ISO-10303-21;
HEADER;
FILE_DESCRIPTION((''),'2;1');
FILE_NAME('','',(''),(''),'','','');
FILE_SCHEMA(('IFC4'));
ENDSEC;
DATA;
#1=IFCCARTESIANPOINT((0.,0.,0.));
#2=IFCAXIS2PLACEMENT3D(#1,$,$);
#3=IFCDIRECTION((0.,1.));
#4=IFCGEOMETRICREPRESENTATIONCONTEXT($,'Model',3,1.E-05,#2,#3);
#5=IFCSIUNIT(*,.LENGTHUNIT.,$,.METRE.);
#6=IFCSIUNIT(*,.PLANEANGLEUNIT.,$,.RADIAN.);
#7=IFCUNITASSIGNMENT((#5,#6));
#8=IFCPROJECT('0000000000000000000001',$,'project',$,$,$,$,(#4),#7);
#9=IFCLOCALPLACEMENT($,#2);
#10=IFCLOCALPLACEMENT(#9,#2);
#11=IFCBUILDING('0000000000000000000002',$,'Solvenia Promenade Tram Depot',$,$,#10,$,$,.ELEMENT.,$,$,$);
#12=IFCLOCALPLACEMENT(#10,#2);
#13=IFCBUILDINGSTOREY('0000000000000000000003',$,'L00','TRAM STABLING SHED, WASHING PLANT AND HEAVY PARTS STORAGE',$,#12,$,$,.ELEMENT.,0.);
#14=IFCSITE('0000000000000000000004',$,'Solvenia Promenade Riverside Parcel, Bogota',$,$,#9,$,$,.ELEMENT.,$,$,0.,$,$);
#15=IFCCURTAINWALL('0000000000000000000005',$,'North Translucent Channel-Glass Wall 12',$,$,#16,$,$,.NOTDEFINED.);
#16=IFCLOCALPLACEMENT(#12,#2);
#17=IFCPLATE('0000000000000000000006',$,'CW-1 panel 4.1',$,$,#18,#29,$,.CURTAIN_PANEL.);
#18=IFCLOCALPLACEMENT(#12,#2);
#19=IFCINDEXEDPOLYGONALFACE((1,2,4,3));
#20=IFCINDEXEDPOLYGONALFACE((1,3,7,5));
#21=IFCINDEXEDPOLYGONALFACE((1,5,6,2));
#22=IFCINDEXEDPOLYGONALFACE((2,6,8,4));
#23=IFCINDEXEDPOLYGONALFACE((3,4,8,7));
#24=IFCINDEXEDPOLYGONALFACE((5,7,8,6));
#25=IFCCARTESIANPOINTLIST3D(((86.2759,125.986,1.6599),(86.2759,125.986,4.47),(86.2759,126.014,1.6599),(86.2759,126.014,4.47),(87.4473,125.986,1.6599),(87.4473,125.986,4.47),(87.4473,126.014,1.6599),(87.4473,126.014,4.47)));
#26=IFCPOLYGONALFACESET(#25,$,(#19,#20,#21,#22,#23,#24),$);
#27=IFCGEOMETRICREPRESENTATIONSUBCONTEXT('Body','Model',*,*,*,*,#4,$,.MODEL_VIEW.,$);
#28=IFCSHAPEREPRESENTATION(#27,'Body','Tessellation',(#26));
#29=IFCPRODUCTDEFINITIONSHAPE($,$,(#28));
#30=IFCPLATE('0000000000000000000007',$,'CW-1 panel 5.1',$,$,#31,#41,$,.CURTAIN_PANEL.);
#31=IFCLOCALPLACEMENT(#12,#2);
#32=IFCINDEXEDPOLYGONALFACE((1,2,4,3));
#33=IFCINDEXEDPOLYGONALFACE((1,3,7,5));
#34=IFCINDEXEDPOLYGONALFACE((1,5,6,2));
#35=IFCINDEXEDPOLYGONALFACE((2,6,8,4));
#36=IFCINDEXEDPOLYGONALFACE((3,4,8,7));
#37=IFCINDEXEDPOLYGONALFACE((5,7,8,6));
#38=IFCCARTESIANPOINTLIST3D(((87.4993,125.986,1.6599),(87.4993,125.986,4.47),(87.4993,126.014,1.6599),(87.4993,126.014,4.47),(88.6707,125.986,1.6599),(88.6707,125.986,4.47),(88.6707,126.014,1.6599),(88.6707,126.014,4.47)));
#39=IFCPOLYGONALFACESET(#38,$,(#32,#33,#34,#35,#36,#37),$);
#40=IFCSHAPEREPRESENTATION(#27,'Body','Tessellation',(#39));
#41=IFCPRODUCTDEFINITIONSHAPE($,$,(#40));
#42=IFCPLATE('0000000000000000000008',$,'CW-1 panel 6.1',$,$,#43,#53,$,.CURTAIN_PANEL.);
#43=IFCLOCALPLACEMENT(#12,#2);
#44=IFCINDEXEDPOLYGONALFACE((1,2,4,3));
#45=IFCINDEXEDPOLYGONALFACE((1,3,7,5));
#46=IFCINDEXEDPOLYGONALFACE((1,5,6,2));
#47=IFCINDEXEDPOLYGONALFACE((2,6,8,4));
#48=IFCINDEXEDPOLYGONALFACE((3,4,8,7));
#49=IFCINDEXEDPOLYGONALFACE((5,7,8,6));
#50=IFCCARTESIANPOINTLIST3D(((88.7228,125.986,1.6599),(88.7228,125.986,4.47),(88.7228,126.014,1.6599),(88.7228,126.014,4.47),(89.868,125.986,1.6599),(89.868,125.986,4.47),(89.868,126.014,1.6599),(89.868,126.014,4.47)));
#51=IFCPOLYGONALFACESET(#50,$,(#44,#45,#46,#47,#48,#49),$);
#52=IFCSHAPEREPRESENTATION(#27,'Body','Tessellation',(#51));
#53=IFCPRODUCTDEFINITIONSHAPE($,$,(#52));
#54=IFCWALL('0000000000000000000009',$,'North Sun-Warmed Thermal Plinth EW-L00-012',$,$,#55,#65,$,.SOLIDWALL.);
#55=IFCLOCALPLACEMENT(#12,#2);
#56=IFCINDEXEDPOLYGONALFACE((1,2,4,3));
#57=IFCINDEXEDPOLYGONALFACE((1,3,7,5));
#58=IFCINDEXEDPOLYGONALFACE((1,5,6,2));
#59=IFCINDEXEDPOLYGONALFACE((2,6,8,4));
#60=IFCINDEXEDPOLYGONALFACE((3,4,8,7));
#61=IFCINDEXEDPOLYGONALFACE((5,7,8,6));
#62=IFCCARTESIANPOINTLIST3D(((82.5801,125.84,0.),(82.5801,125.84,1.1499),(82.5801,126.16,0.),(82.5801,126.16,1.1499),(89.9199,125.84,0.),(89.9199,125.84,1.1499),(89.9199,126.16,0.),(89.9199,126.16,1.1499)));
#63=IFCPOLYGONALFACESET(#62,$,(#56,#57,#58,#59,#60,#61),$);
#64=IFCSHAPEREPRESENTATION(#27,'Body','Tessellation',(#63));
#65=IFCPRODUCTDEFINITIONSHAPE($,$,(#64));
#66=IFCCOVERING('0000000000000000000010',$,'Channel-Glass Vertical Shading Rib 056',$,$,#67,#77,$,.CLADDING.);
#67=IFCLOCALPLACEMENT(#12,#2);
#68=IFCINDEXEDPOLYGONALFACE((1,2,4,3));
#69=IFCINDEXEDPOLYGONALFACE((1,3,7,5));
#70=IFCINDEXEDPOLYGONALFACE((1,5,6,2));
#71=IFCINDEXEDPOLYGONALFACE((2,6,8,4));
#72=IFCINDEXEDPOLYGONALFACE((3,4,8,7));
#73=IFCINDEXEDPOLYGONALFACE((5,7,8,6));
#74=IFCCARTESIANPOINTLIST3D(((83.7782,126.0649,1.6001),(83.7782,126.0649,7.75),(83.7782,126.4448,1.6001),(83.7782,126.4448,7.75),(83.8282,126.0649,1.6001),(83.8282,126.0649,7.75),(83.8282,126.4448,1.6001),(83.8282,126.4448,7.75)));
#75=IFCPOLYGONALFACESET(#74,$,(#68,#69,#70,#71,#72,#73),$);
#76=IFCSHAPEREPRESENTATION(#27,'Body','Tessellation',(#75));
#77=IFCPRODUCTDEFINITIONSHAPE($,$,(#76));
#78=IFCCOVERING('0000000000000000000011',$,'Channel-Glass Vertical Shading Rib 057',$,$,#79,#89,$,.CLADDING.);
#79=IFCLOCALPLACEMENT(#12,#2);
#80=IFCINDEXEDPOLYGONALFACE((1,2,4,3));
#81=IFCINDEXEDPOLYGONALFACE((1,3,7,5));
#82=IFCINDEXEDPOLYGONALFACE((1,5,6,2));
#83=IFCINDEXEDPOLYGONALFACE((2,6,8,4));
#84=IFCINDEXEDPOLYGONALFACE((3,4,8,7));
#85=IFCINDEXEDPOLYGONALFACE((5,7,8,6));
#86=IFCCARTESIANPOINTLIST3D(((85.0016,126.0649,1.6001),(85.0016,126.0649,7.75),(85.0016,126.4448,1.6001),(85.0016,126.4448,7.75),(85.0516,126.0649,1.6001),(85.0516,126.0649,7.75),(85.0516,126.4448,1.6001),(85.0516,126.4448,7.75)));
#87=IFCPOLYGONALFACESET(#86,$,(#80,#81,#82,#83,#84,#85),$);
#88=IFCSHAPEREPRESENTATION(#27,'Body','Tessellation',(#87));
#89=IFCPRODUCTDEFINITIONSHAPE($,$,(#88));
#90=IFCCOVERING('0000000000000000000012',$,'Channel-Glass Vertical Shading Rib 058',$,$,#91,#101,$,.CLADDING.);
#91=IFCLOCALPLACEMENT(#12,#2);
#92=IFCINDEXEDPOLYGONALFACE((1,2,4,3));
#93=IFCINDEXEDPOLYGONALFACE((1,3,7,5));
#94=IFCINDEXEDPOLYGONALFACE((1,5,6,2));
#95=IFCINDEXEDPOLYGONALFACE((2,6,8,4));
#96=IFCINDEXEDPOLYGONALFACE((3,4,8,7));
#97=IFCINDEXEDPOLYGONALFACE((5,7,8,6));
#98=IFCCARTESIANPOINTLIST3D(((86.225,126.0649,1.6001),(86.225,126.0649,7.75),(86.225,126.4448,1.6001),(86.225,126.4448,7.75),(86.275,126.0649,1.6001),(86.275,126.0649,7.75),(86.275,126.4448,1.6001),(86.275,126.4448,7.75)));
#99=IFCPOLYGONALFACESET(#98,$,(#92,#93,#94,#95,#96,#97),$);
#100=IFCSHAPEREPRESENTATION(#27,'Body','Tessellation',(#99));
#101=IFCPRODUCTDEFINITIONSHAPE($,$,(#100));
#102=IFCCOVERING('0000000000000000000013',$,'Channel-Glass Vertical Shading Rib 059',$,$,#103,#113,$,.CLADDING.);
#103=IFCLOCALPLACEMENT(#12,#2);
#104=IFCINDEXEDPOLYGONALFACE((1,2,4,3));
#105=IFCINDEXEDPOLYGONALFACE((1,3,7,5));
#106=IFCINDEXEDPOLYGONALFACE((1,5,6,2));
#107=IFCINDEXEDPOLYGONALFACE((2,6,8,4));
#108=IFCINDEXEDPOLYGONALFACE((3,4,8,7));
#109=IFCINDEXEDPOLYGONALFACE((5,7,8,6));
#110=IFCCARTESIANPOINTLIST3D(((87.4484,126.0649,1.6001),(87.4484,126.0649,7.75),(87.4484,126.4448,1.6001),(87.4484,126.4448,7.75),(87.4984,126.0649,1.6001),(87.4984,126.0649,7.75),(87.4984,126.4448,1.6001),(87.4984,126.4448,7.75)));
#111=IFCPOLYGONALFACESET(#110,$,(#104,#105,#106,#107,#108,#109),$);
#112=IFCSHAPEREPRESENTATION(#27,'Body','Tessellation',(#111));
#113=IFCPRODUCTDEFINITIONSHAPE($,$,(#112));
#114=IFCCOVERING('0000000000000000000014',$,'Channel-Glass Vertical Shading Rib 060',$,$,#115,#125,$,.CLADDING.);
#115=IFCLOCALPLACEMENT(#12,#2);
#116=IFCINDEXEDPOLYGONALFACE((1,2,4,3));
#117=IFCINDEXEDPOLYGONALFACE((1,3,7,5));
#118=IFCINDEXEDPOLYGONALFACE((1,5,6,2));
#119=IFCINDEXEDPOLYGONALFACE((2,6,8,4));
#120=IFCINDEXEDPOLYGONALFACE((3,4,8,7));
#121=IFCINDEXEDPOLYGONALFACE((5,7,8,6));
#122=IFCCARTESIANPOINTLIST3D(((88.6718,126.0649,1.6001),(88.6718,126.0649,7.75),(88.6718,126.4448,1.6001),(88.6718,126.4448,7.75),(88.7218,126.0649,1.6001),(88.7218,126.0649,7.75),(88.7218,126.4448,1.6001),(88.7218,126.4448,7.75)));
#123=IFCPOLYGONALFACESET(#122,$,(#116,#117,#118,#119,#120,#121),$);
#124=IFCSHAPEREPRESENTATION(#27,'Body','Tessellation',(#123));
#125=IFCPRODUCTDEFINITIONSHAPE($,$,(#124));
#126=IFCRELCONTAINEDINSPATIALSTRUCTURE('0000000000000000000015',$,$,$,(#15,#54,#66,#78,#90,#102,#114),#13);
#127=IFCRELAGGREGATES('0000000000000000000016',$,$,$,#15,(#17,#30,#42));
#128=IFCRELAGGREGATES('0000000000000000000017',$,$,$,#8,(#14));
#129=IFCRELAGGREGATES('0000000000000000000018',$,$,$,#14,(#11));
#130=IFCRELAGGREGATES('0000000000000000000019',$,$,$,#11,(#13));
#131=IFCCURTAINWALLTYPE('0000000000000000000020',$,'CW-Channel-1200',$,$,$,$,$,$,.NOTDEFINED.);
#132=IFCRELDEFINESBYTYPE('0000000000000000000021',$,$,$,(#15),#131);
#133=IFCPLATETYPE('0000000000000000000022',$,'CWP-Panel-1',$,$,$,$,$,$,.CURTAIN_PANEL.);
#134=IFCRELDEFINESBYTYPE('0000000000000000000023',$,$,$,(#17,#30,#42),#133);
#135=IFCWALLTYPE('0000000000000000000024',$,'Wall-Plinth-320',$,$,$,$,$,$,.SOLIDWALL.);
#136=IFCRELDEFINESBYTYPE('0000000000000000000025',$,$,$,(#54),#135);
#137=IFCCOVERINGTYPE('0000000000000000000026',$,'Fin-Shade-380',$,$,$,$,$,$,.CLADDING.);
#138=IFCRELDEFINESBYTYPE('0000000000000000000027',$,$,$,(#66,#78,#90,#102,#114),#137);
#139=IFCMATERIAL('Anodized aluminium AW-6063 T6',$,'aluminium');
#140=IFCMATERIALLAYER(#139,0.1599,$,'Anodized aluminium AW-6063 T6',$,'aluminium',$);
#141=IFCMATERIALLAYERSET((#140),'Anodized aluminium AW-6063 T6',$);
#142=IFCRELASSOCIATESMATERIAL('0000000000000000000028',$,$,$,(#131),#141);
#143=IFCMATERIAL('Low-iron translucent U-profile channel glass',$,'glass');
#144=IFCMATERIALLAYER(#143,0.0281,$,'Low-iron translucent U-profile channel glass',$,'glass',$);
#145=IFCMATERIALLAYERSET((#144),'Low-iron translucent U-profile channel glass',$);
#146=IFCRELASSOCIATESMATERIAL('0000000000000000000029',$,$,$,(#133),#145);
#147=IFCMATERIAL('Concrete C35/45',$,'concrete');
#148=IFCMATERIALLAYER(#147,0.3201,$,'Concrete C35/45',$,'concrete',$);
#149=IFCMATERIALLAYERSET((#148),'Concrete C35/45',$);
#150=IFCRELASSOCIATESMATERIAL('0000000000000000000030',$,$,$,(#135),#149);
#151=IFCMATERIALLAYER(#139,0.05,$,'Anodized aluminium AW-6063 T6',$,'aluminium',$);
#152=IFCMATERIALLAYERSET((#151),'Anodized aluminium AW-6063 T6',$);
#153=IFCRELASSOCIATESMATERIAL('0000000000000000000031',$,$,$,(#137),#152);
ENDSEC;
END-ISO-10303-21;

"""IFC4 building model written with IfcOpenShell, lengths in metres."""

from ifc_helpers import new_model, si_unit, direction, frame, frame_2d, origin, origin_2d, place, context, subcontext, project, spatial, rectangle, extrude, material, layer, layer_set, type_object, element, aggregate, save


model = new_model("IFC4")

# Units and contexts
model_context = context("Model", 3, precision=1e-05, world=origin(), true_north=direction((0.0, 1.0)))
body_context = subcontext(model_context, "Body", "Model", "MODEL_VIEW")
ifc_project = project(units=[si_unit("LENGTHUNIT", "METRE"), si_unit("PLANEANGLEUNIT", "RADIAN")], contexts=[model_context])

# Site, building, storey
site_placement = place(None, origin())
site = spatial("IfcSite", under=ifc_project, at=site_placement, Name="Solvenia Promenade Riverside Parcel, Bogota", CompositionType="ELEMENT", RefElevation=0.0)
building_placement = place(site_placement, origin())
building = spatial("IfcBuilding", under=site, at=building_placement, Name="Solvenia Promenade Tram Depot", CompositionType="ELEMENT")
storey_placement = place(building_placement, origin())
storey = spatial("IfcBuildingStorey", under=building, at=storey_placement, Name="L00", Description="TRAM STABLING SHED, WASHING PLANT AND HEAVY PARTS STORAGE", CompositionType="ELEMENT", Elevation=0.0)

# Shared definitions
ifc_material_1 = material(Name="Anodized aluminium AW-6063 T6", Category="aluminium")
ifc_layer_1 = layer(ifc_material_1, 0.1599, Name="Anodized aluminium AW-6063 T6", Category="aluminium")
ifc_layer_set_1 = layer_set([ifc_layer_1], Name="Anodized aluminium AW-6063 T6")
curtain_wall_type = type_object("IfcCurtainWallType", Name="CW-Channel-1200", PredefinedType="NOTDEFINED", material=ifc_layer_set_1)

# Curtain wall
curtain_wall_1_placement = place(storey_placement, origin())
curtain_wall_1 = element("IfcCurtainWall", 1, at=curtain_wall_1_placement, inside=storey, type_object=curtain_wall_type, Name="North Translucent Channel-Glass Wall 12", PredefinedType="NOTDEFINED")

# Plates
ifc_material_2 = material(Name="Low-iron translucent U-profile channel glass", Category="glass")
ifc_layer_2 = layer(ifc_material_2, 0.0281, Name="Low-iron translucent U-profile channel glass", Category="glass")
ifc_layer_set_2 = layer_set([ifc_layer_2], Name="Low-iron translucent U-profile channel glass")
plate_type = type_object("IfcPlateType", Name="CWP-Panel-1", PredefinedType="CURTAIN_PANEL", material=ifc_layer_set_2)
plate_1_placement = place(storey_placement, frame((86.8616, 126.0, 1.6599), z_axis=(0.0, 0.0, 1.0), x_axis=(1.0, 0.0, 0.0)))
plate_1 = element("IfcPlate", 2, at=plate_1_placement, type_object=plate_type, Name="CW-1 panel 4.1", PredefinedType="CURTAIN_PANEL", context=body_context, shape_type="SweptSolid", body=[
    extrude(rectangle(XDim=1.1714, YDim=0.0281, at=origin_2d()), origin(), (0.0, 0.0, 1.0), 2.8101),
])
plate_2_placement = place(storey_placement, frame((88.085, 126.0, 1.6599), z_axis=(0.0, 0.0, 1.0), x_axis=(1.0, 0.0, 0.0)))
plate_2 = element("IfcPlate", 3, at=plate_2_placement, type_object=plate_type, Name="CW-1 panel 5.1", PredefinedType="CURTAIN_PANEL", context=body_context, shape_type="SweptSolid", body=[
    extrude(rectangle(XDim=1.1714, YDim=0.0281, at=origin_2d()), origin(), (0.0, 0.0, 1.0), 2.8101),
])
plate_3_placement = place(storey_placement, frame((89.2954, 126.0, 1.6599), z_axis=(0.0, 0.0, 1.0), x_axis=(1.0, 0.0, 0.0)))
plate_3 = element("IfcPlate", 4, at=plate_3_placement, type_object=plate_type, Name="CW-1 panel 6.1", PredefinedType="CURTAIN_PANEL", context=body_context, shape_type="SweptSolid", body=[
    extrude(rectangle(XDim=1.1453, YDim=0.0281, at=origin_2d()), origin(), (0.0, 0.0, 1.0), 2.8101),
])
aggregate(curtain_wall_1, [plate_1, plate_2, plate_3])

# Wall
ifc_material_3 = material(Name="Concrete C35/45", Category="concrete")
ifc_layer_3 = layer(ifc_material_3, 0.3201, Name="Concrete C35/45", Category="concrete")
ifc_layer_set_3 = layer_set([ifc_layer_3], Name="Concrete C35/45")
wall_type = type_object("IfcWallType", Name="Wall-Plinth-320", PredefinedType="SOLIDWALL", material=ifc_layer_set_3)
wall_placement = place(storey_placement, frame((82.5801, 126.0, 0.0), z_axis=(0.0, 0.0, 1.0), x_axis=(1.0, 0.0, 0.0)))
element("IfcWall", 5, at=wall_placement, inside=storey, type_object=wall_type, Name="North Sun-Warmed Thermal Plinth EW-L00-012", PredefinedType="SOLIDWALL", context=body_context, shape_type="SweptSolid", body=[
    extrude(rectangle(XDim=7.3398, YDim=0.3201, at=frame_2d((3.6699, 0.0))), origin(), (0.0, 0.0, 1.0), 1.1499),
])

# Coverings
ifc_layer_4 = layer(ifc_material_1, 0.05, Name="Anodized aluminium AW-6063 T6", Category="aluminium")
ifc_layer_set_4 = layer_set([ifc_layer_4], Name="Anodized aluminium AW-6063 T6")
covering_type = type_object("IfcCoveringType", Name="Fin-Shade-380", PredefinedType="CLADDING", material=ifc_layer_set_4)
for number, where, z_axis, x_axis, name in (
    (6, (83.8032, 126.2549, 1.6001), (0.0, 0.0, 1.0), (1.0, 0.0, 0.0), "Channel-Glass Vertical Shading Rib 056"),
    (7, (85.0266, 126.2549, 1.6001), (0.0, 0.0, 1.0), (1.0, 0.0, 0.0), "Channel-Glass Vertical Shading Rib 057"),
    (8, (86.25, 126.2549, 1.6001), (0.0, 0.0, 1.0), (1.0, 0.0, 0.0), "Channel-Glass Vertical Shading Rib 058"),
    (9, (87.4734, 126.2549, 1.6001), (0.0, 0.0, 1.0), (1.0, 0.0, 0.0), "Channel-Glass Vertical Shading Rib 059"),
    (10, (88.6968, 126.2549, 1.6001), (0.0, 0.0, 1.0), (1.0, 0.0, 0.0), "Channel-Glass Vertical Shading Rib 060"),
):
    element("IfcCovering", number, at=place(storey_placement, frame(where, z_axis=z_axis, x_axis=x_axis)), inside=storey, type_object=covering_type, Name=name, PredefinedType="CLADDING", context=body_context, shape_type="SweptSolid", body=[
        extrude(rectangle(XDim=0.05, YDim=0.3799, at=origin_2d()), origin(), (0.0, 0.0, 1.0), 6.1499),
    ])

save(model, "model.ifc")
